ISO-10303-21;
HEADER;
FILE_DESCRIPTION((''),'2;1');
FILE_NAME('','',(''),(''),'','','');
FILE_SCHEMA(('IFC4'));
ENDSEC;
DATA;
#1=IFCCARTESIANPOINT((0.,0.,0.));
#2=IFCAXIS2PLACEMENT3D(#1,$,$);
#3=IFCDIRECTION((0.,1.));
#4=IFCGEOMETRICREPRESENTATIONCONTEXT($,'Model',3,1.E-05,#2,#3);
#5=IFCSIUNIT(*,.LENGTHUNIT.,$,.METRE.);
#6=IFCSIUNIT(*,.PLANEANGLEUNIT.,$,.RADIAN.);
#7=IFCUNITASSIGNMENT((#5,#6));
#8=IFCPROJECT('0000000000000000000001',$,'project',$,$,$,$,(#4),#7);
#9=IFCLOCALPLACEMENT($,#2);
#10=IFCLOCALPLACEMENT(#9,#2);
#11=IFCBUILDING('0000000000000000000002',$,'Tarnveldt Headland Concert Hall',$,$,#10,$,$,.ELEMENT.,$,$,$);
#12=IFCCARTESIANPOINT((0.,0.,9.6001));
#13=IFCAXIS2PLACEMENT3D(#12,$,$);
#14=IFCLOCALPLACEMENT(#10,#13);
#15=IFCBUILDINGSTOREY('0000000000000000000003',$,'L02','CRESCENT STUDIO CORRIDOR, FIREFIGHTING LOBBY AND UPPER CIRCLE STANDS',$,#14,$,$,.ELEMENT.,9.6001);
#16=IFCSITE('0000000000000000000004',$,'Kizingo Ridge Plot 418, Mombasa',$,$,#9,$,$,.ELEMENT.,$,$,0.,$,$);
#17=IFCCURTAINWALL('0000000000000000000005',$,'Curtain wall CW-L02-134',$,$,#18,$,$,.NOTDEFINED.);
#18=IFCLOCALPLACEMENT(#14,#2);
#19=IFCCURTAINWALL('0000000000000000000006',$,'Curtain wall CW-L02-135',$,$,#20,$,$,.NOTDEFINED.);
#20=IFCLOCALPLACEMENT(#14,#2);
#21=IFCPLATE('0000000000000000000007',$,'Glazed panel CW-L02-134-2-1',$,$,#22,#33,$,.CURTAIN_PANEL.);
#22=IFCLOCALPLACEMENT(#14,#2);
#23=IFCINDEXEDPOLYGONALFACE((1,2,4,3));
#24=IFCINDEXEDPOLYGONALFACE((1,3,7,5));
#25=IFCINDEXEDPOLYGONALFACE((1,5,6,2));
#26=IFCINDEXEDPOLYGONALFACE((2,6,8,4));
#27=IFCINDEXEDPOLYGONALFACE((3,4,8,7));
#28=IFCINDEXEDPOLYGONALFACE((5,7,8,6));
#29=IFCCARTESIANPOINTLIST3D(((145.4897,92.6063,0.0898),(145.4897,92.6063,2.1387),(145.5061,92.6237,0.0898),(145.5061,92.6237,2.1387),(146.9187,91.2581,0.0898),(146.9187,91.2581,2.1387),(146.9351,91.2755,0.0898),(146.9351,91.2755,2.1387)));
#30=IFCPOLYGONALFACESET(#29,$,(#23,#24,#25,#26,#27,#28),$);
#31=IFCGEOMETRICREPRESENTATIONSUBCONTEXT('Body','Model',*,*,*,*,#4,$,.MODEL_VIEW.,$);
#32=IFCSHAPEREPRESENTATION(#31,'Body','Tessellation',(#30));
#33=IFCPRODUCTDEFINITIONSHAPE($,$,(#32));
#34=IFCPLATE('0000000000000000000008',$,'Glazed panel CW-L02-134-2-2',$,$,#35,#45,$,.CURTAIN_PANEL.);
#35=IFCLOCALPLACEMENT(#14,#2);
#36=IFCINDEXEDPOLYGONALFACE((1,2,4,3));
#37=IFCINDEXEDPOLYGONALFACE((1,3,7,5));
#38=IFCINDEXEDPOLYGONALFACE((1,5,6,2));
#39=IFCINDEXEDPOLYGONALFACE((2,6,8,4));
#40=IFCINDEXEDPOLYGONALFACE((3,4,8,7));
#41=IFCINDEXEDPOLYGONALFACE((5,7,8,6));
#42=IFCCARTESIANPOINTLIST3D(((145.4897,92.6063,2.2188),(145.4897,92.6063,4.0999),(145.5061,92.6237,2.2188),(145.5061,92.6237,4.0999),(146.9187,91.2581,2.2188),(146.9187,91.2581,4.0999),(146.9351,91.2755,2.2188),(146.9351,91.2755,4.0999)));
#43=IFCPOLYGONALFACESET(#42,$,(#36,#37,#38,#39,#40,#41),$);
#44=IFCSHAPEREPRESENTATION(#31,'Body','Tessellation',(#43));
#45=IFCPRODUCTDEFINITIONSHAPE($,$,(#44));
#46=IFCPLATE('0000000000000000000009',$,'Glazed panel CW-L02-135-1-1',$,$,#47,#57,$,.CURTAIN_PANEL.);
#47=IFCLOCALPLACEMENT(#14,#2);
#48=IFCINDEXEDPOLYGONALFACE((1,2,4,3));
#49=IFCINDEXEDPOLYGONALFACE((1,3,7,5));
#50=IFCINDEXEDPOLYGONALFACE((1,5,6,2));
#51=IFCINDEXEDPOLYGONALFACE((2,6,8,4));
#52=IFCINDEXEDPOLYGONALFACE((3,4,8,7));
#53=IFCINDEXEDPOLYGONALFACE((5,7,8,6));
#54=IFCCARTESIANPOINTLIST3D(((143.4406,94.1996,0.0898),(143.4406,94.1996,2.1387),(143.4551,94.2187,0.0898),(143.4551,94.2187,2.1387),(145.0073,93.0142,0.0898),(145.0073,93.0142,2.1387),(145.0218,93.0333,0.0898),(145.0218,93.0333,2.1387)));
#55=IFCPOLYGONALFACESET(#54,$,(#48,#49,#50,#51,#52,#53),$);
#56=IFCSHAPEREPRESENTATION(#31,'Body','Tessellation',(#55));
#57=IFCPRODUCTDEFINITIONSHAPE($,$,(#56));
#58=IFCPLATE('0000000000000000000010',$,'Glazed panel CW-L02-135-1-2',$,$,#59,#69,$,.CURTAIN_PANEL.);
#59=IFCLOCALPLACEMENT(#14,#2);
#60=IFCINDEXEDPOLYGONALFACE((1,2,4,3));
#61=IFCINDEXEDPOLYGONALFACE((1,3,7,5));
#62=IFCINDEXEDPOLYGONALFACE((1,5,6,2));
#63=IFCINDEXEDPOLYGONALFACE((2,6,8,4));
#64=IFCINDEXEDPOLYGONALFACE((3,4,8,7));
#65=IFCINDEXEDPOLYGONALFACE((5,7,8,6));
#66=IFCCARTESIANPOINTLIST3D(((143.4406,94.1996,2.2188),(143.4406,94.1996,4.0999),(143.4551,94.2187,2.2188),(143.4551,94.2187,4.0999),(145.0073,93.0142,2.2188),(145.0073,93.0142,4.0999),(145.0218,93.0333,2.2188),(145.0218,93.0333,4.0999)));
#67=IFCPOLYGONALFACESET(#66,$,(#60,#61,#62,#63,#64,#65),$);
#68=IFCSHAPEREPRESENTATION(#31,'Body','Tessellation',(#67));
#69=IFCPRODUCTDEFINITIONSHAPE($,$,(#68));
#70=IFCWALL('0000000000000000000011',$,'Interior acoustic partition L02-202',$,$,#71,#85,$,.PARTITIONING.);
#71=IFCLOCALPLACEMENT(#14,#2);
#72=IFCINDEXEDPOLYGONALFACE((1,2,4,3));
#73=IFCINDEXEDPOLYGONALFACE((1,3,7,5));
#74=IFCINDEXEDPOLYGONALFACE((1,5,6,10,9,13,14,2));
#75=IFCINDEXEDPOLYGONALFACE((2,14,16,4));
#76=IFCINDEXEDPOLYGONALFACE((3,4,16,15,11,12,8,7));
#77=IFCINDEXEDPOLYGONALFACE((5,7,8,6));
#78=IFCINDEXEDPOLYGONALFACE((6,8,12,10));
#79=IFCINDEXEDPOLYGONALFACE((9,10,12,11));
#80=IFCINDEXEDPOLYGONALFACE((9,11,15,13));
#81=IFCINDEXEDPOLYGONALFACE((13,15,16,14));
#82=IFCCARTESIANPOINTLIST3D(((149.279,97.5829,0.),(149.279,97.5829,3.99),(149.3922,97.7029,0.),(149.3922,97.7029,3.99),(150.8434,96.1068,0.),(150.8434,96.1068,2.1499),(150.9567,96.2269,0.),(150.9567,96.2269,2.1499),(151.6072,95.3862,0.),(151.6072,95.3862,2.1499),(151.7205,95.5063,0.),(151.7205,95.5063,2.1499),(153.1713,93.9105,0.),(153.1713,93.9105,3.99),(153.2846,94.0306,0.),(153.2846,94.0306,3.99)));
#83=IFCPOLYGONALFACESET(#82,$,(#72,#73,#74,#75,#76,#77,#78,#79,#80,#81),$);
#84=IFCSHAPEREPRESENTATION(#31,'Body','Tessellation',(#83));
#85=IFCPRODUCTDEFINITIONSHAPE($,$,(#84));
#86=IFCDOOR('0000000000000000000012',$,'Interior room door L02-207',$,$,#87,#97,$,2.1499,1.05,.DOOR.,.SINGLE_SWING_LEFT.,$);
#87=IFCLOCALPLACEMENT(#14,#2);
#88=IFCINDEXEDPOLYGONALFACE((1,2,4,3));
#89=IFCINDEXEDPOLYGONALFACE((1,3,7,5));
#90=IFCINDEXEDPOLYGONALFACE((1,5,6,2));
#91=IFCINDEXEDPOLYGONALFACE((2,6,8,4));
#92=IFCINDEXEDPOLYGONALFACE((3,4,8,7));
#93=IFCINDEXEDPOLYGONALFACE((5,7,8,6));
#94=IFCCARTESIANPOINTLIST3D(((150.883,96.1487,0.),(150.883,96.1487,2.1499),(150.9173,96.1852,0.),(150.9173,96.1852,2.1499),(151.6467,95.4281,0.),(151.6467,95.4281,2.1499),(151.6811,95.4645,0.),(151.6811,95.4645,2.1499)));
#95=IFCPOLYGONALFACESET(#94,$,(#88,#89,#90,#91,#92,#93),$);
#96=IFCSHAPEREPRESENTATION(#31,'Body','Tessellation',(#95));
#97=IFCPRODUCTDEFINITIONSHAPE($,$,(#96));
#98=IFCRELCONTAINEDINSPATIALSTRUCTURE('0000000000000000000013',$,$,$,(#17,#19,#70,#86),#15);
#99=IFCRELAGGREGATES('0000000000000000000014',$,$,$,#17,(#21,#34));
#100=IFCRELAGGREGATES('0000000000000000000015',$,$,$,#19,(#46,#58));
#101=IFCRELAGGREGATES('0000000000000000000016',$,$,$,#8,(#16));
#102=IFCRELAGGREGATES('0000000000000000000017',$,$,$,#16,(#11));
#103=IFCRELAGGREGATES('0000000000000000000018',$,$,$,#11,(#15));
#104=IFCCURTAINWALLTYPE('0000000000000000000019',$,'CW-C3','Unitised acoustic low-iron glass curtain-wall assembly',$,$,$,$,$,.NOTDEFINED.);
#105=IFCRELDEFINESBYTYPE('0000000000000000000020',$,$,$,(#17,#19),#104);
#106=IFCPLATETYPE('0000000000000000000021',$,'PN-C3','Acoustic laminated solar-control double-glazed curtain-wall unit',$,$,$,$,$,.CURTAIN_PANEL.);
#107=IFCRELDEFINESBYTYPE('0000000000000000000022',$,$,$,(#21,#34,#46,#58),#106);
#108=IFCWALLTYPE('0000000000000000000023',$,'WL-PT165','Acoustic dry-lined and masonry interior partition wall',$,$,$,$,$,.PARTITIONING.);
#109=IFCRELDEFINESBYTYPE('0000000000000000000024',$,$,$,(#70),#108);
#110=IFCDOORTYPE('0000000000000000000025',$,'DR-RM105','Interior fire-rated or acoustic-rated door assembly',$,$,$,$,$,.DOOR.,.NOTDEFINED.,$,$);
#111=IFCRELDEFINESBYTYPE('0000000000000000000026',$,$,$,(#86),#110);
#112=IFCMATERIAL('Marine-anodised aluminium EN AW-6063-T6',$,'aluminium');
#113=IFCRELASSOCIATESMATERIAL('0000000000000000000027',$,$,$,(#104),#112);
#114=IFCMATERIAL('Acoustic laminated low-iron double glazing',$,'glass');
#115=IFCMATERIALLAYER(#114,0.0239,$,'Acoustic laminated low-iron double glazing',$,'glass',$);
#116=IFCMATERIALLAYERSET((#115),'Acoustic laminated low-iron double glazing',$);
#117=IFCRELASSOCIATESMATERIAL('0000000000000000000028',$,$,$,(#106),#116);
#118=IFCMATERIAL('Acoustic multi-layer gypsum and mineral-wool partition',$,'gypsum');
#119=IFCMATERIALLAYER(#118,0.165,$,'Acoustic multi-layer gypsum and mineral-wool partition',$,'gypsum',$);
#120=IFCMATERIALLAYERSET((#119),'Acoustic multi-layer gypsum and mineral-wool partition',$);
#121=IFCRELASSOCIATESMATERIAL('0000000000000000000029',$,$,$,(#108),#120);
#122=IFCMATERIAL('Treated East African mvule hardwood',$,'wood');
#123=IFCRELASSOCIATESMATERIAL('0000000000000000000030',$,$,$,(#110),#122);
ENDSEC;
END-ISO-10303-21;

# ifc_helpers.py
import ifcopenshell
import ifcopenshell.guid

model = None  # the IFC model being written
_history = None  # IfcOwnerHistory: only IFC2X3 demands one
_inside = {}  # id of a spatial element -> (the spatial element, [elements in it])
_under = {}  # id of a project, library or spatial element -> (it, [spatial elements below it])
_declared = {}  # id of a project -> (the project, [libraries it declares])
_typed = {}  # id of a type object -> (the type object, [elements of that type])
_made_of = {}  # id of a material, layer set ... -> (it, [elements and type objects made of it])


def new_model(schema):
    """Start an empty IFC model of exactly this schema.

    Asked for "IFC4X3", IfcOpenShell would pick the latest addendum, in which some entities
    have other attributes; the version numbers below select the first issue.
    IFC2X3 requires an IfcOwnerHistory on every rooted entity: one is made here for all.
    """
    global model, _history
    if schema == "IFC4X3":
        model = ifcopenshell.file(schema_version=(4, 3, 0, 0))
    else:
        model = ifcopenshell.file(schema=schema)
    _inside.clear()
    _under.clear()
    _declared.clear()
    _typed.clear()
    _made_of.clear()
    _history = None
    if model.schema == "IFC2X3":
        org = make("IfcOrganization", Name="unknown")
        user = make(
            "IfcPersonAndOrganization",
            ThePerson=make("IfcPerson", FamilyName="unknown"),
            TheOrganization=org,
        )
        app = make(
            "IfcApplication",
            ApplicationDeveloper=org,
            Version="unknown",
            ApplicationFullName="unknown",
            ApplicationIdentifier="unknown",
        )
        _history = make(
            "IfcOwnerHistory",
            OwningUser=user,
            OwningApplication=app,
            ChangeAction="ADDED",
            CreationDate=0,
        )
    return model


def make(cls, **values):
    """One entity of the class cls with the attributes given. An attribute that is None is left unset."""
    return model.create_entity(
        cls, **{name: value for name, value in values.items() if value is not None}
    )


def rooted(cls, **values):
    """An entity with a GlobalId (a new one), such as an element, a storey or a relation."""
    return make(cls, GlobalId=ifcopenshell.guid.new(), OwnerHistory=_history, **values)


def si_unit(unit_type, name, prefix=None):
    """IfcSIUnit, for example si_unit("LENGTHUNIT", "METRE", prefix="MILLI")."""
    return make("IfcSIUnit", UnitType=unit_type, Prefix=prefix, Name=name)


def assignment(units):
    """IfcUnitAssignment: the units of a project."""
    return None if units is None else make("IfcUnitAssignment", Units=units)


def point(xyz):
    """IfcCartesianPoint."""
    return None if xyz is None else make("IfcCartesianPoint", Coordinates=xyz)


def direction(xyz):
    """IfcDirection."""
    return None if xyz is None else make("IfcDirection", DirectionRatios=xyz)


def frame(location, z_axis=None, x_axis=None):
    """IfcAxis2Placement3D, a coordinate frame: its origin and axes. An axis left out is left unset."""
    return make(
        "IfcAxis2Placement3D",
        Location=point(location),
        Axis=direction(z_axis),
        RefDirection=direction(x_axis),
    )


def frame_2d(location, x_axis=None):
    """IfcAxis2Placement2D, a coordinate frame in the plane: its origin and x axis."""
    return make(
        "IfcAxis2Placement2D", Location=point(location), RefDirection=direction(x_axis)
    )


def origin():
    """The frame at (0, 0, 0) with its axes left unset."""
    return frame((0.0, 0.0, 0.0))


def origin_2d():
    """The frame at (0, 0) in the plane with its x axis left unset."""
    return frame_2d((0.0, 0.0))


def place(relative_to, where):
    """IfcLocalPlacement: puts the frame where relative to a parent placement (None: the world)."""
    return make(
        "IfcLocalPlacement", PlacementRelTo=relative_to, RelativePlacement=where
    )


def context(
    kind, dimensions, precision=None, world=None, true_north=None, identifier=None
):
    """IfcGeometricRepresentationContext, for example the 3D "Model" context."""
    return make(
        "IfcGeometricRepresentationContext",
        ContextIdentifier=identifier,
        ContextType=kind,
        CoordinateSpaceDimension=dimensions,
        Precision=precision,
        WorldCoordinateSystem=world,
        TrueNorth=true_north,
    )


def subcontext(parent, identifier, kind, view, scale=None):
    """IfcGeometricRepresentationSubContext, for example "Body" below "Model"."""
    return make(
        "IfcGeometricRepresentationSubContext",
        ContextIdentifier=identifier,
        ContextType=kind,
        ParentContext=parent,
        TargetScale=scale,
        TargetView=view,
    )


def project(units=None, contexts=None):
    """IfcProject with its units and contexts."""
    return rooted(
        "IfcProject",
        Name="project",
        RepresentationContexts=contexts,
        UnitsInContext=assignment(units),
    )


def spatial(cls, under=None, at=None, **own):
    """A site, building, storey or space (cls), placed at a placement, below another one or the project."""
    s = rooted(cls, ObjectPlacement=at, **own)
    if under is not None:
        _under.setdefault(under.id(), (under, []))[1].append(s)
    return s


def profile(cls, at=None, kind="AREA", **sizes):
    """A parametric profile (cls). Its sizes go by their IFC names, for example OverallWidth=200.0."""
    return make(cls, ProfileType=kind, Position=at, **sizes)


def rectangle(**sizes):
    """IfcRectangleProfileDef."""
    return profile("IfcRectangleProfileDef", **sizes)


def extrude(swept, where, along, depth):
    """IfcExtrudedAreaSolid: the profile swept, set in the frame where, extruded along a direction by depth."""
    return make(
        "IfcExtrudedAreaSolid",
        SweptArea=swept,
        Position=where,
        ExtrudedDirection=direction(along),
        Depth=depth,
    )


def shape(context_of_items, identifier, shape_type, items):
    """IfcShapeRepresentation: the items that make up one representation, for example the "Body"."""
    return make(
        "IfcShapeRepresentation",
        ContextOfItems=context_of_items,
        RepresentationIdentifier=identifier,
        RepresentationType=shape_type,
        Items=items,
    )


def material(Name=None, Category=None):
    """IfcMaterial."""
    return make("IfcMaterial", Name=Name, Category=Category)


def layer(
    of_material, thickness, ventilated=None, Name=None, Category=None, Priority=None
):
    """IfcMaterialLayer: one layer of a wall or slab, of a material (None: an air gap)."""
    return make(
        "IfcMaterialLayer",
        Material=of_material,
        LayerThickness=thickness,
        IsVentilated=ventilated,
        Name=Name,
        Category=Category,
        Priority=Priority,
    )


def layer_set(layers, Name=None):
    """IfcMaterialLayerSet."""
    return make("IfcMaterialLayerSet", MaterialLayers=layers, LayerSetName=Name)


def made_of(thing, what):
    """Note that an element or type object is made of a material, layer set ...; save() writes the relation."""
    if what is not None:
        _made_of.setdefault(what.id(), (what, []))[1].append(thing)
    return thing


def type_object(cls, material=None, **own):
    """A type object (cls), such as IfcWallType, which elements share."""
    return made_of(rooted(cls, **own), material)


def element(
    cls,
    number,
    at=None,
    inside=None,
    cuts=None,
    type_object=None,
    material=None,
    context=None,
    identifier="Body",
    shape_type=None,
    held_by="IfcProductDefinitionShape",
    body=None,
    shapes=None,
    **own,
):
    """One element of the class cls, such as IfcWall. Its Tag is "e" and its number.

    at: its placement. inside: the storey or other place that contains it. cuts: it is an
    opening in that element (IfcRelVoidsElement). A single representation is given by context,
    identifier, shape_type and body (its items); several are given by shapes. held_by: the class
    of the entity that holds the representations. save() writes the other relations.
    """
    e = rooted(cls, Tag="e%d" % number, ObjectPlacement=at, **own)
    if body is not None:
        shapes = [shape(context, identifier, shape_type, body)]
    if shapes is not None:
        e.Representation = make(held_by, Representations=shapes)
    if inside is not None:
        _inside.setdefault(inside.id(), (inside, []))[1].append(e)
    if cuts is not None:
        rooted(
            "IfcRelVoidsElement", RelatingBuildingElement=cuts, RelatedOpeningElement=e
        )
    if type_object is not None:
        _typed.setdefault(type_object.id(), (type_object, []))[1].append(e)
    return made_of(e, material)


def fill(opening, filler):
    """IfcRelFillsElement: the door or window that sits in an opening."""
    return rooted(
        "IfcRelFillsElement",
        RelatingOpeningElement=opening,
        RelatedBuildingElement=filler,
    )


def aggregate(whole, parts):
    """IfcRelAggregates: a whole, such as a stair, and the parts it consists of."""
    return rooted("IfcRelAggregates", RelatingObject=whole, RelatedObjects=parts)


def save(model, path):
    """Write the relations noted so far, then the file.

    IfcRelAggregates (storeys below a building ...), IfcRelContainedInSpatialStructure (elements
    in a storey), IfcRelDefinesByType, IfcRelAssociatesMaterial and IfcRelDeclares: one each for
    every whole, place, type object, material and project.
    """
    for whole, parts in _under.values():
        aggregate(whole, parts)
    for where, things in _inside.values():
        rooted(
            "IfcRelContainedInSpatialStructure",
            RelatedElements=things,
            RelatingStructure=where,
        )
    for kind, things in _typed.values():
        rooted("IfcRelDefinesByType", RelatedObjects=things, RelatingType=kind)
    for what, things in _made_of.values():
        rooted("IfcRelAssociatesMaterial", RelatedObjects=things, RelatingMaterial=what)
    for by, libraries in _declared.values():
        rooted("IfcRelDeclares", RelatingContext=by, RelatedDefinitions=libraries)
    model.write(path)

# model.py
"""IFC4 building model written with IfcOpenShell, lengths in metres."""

from ifc_helpers import new_model, si_unit, direction, frame, frame_2d, origin, origin_2d, place, context, subcontext, project, spatial, rectangle, extrude, material, layer, layer_set, type_object, element, fill, aggregate, save


model = new_model("IFC4")

# Units and contexts
model_context = context("Model", 3, precision=1e-05, world=origin(), true_north=direction((0.0, 1.0)))
body_context = subcontext(model_context, "Body", "Model", "MODEL_VIEW")
ifc_project = project(units=[si_unit("LENGTHUNIT", "METRE"), si_unit("PLANEANGLEUNIT", "RADIAN")], contexts=[model_context])

# Site, building, storey
site_placement = place(None, origin())
site = spatial("IfcSite", under=ifc_project, at=site_placement, Name="Kizingo Ridge Plot 418, Mombasa", CompositionType="ELEMENT", RefElevation=0.0)
building_placement = place(site_placement, origin())
building = spatial("IfcBuilding", under=site, at=building_placement, Name="Tarnveldt Headland Concert Hall", CompositionType="ELEMENT")
storey_placement = place(building_placement, frame((0.0, 0.0, 9.6001)))
storey = spatial("IfcBuildingStorey", under=building, at=storey_placement, Name="L02", Description="CRESCENT STUDIO CORRIDOR, FIREFIGHTING LOBBY AND UPPER CIRCLE STANDS", CompositionType="ELEMENT", Elevation=9.6001)

# Curtain walls
ifc_material_1 = material(Name="Marine-anodised aluminium EN AW-6063-T6", Category="aluminium")
curtain_wall_type = type_object("IfcCurtainWallType", Name="CW-C3", Description="Unitised acoustic low-iron glass curtain-wall assembly", PredefinedType="NOTDEFINED", material=ifc_material_1)
curtain_wall_1_placement = place(storey_placement, origin())
curtain_wall_1 = element("IfcCurtainWall", 1, at=curtain_wall_1_placement, inside=storey, type_object=curtain_wall_type, Name="Curtain wall CW-L02-134", PredefinedType="NOTDEFINED")
curtain_wall_2_placement = place(storey_placement, origin())
curtain_wall_2 = element("IfcCurtainWall", 2, at=curtain_wall_2_placement, inside=storey, type_object=curtain_wall_type, Name="Curtain wall CW-L02-135", PredefinedType="NOTDEFINED")

# Plates
ifc_material_2 = material(Name="Acoustic laminated low-iron double glazing", Category="glass")
ifc_layer_1 = layer(ifc_material_2, 0.0239, Name="Acoustic laminated low-iron double glazing", Category="glass")
ifc_layer_set_1 = layer_set([ifc_layer_1], Name="Acoustic laminated low-iron double glazing")
plate_type = type_object("IfcPlateType", Name="PN-C3", Description="Acoustic laminated solar-control double-glazed curtain-wall unit", PredefinedType="CURTAIN_PANEL", material=ifc_layer_set_1)
plate_1_placement = place(storey_placement, frame((146.2124, 91.9409, 0.0898), z_axis=(0.0, 0.0, 1.0), x_axis=(-0.727378, 0.686237, 0.0)))
plate_1 = element("IfcPlate", 3, at=plate_1_placement, type_object=plate_type, Name="Glazed panel CW-L02-134-2-1", PredefinedType="CURTAIN_PANEL", context=body_context, shape_type="SweptSolid", body=[
    extrude(rectangle(XDim=1.9646, YDim=0.0239, at=origin_2d()), origin(), (0.0, 0.0, 1.0), 2.0488),
])
plate_2_placement = place(storey_placement, frame((146.2124, 91.9409, 2.2188), z_axis=(0.0, 0.0, 1.0), x_axis=(-0.727378, 0.686237, 0.0)))
plate_2 = element("IfcPlate", 4, at=plate_2_placement, type_object=plate_type, Name="Glazed panel CW-L02-134-2-2", PredefinedType="CURTAIN_PANEL", context=body_context, shape_type="SweptSolid", body=[
    extrude(rectangle(XDim=1.9646, YDim=0.0239, at=origin_2d()), origin(), (0.0, 0.0, 1.0), 1.8811),
])
aggregate(curtain_wall_1, [plate_1, plate_2])
plate_3_placement = place(storey_placement, frame((144.2312, 93.6165, 0.0898), z_axis=(0.0, 0.0, 1.0), x_axis=(-0.797479, 0.603347, 0.0)))
plate_3 = element("IfcPlate", 5, at=plate_3_placement, type_object=plate_type, Name="Glazed panel CW-L02-135-1-1", PredefinedType="CURTAIN_PANEL", context=body_context, shape_type="SweptSolid", body=[
    extrude(rectangle(XDim=1.9646, YDim=0.0239, at=origin_2d()), origin(), (0.0, 0.0, 1.0), 2.0488),
])
plate_4_placement = place(storey_placement, frame((144.2312, 93.6165, 2.2188), z_axis=(0.0, 0.0, 1.0), x_axis=(-0.797479, 0.603347, 0.0)))
plate_4 = element("IfcPlate", 6, at=plate_4_placement, type_object=plate_type, Name="Glazed panel CW-L02-135-1-2", PredefinedType="CURTAIN_PANEL", context=body_context, shape_type="SweptSolid", body=[
    extrude(rectangle(XDim=1.9646, YDim=0.0239, at=origin_2d()), origin(), (0.0, 0.0, 1.0), 1.8811),
])
aggregate(curtain_wall_2, [plate_3, plate_4])

# Wall, opening, door
ifc_material_3 = material(Name="Acoustic multi-layer gypsum and mineral-wool partition", Category="gypsum")
ifc_layer_2 = layer(ifc_material_3, 0.165, Name="Acoustic multi-layer gypsum and mineral-wool partition", Category="gypsum")
ifc_layer_set_2 = layer_set([ifc_layer_2], Name="Acoustic multi-layer gypsum and mineral-wool partition")
wall_type = type_object("IfcWallType", Name="WL-PT165", Description="Acoustic dry-lined and masonry interior partition wall", PredefinedType="PARTITIONING", material=ifc_layer_set_2)
wall_placement = place(storey_placement, frame((153.228, 93.9705, 0.0), z_axis=(0.0, 0.0, 1.0), x_axis=(-0.727361, 0.686255, 0.0)))
wall = element("IfcWall", 7, at=wall_placement, inside=storey, type_object=wall_type, Name="Interior acoustic partition L02-202", PredefinedType="PARTITIONING", context=body_context, shape_type="SweptSolid", body=[
    extrude(rectangle(XDim=5.3513, YDim=0.165, at=frame_2d((2.6758, 0.0))), origin(), (0.0, 0.0, 1.0), 3.99),
])
opening_placement = place(wall_placement, frame((2.1506, 0.0, 0.0)))
opening = element("IfcOpeningElement", 8, at=opening_placement, cuts=wall, PredefinedType="OPENING", context=body_context, shape_type="SweptSolid", body=[
    extrude(rectangle(XDim=1.05, YDim=2.1499, at=frame_2d((0.5249, 1.075))), frame((0.0, 0.0925, 0.0), z_axis=(0.0, -1.0, 0.0), x_axis=(1.0, 0.0, 0.0)), (0.0, 0.0, 1.0), 0.1851),
])
ifc_material_4 = material(Name="Treated East African mvule hardwood", Category="wood")
door_type = type_object("IfcDoorType", Name="DR-RM105", Description="Interior fire-rated or acoustic-rated door assembly", OperationType="NOTDEFINED", PredefinedType="DOOR", material=ifc_material_4)
door_placement = place(opening_placement, origin())
door = element("IfcDoor", 9, at=door_placement, inside=storey, type_object=door_type, Name="Interior room door L02-207", OperationType="SINGLE_SWING_LEFT", OverallHeight=2.1499, OverallWidth=1.05, PredefinedType="DOOR", context=body_context, shape_type="SweptSolid", body=[
    extrude(rectangle(XDim=1.05, YDim=2.1499, at=frame_2d((0.5249, 1.075))), frame((0.0, 0.0249, 0.0), z_axis=(0.0, -1.0, 0.0), x_axis=(1.0, 0.0, 0.0)), (0.0, 0.0, 1.0), 0.05),
])
fill(opening, door)

save(model, "model.ifc")
